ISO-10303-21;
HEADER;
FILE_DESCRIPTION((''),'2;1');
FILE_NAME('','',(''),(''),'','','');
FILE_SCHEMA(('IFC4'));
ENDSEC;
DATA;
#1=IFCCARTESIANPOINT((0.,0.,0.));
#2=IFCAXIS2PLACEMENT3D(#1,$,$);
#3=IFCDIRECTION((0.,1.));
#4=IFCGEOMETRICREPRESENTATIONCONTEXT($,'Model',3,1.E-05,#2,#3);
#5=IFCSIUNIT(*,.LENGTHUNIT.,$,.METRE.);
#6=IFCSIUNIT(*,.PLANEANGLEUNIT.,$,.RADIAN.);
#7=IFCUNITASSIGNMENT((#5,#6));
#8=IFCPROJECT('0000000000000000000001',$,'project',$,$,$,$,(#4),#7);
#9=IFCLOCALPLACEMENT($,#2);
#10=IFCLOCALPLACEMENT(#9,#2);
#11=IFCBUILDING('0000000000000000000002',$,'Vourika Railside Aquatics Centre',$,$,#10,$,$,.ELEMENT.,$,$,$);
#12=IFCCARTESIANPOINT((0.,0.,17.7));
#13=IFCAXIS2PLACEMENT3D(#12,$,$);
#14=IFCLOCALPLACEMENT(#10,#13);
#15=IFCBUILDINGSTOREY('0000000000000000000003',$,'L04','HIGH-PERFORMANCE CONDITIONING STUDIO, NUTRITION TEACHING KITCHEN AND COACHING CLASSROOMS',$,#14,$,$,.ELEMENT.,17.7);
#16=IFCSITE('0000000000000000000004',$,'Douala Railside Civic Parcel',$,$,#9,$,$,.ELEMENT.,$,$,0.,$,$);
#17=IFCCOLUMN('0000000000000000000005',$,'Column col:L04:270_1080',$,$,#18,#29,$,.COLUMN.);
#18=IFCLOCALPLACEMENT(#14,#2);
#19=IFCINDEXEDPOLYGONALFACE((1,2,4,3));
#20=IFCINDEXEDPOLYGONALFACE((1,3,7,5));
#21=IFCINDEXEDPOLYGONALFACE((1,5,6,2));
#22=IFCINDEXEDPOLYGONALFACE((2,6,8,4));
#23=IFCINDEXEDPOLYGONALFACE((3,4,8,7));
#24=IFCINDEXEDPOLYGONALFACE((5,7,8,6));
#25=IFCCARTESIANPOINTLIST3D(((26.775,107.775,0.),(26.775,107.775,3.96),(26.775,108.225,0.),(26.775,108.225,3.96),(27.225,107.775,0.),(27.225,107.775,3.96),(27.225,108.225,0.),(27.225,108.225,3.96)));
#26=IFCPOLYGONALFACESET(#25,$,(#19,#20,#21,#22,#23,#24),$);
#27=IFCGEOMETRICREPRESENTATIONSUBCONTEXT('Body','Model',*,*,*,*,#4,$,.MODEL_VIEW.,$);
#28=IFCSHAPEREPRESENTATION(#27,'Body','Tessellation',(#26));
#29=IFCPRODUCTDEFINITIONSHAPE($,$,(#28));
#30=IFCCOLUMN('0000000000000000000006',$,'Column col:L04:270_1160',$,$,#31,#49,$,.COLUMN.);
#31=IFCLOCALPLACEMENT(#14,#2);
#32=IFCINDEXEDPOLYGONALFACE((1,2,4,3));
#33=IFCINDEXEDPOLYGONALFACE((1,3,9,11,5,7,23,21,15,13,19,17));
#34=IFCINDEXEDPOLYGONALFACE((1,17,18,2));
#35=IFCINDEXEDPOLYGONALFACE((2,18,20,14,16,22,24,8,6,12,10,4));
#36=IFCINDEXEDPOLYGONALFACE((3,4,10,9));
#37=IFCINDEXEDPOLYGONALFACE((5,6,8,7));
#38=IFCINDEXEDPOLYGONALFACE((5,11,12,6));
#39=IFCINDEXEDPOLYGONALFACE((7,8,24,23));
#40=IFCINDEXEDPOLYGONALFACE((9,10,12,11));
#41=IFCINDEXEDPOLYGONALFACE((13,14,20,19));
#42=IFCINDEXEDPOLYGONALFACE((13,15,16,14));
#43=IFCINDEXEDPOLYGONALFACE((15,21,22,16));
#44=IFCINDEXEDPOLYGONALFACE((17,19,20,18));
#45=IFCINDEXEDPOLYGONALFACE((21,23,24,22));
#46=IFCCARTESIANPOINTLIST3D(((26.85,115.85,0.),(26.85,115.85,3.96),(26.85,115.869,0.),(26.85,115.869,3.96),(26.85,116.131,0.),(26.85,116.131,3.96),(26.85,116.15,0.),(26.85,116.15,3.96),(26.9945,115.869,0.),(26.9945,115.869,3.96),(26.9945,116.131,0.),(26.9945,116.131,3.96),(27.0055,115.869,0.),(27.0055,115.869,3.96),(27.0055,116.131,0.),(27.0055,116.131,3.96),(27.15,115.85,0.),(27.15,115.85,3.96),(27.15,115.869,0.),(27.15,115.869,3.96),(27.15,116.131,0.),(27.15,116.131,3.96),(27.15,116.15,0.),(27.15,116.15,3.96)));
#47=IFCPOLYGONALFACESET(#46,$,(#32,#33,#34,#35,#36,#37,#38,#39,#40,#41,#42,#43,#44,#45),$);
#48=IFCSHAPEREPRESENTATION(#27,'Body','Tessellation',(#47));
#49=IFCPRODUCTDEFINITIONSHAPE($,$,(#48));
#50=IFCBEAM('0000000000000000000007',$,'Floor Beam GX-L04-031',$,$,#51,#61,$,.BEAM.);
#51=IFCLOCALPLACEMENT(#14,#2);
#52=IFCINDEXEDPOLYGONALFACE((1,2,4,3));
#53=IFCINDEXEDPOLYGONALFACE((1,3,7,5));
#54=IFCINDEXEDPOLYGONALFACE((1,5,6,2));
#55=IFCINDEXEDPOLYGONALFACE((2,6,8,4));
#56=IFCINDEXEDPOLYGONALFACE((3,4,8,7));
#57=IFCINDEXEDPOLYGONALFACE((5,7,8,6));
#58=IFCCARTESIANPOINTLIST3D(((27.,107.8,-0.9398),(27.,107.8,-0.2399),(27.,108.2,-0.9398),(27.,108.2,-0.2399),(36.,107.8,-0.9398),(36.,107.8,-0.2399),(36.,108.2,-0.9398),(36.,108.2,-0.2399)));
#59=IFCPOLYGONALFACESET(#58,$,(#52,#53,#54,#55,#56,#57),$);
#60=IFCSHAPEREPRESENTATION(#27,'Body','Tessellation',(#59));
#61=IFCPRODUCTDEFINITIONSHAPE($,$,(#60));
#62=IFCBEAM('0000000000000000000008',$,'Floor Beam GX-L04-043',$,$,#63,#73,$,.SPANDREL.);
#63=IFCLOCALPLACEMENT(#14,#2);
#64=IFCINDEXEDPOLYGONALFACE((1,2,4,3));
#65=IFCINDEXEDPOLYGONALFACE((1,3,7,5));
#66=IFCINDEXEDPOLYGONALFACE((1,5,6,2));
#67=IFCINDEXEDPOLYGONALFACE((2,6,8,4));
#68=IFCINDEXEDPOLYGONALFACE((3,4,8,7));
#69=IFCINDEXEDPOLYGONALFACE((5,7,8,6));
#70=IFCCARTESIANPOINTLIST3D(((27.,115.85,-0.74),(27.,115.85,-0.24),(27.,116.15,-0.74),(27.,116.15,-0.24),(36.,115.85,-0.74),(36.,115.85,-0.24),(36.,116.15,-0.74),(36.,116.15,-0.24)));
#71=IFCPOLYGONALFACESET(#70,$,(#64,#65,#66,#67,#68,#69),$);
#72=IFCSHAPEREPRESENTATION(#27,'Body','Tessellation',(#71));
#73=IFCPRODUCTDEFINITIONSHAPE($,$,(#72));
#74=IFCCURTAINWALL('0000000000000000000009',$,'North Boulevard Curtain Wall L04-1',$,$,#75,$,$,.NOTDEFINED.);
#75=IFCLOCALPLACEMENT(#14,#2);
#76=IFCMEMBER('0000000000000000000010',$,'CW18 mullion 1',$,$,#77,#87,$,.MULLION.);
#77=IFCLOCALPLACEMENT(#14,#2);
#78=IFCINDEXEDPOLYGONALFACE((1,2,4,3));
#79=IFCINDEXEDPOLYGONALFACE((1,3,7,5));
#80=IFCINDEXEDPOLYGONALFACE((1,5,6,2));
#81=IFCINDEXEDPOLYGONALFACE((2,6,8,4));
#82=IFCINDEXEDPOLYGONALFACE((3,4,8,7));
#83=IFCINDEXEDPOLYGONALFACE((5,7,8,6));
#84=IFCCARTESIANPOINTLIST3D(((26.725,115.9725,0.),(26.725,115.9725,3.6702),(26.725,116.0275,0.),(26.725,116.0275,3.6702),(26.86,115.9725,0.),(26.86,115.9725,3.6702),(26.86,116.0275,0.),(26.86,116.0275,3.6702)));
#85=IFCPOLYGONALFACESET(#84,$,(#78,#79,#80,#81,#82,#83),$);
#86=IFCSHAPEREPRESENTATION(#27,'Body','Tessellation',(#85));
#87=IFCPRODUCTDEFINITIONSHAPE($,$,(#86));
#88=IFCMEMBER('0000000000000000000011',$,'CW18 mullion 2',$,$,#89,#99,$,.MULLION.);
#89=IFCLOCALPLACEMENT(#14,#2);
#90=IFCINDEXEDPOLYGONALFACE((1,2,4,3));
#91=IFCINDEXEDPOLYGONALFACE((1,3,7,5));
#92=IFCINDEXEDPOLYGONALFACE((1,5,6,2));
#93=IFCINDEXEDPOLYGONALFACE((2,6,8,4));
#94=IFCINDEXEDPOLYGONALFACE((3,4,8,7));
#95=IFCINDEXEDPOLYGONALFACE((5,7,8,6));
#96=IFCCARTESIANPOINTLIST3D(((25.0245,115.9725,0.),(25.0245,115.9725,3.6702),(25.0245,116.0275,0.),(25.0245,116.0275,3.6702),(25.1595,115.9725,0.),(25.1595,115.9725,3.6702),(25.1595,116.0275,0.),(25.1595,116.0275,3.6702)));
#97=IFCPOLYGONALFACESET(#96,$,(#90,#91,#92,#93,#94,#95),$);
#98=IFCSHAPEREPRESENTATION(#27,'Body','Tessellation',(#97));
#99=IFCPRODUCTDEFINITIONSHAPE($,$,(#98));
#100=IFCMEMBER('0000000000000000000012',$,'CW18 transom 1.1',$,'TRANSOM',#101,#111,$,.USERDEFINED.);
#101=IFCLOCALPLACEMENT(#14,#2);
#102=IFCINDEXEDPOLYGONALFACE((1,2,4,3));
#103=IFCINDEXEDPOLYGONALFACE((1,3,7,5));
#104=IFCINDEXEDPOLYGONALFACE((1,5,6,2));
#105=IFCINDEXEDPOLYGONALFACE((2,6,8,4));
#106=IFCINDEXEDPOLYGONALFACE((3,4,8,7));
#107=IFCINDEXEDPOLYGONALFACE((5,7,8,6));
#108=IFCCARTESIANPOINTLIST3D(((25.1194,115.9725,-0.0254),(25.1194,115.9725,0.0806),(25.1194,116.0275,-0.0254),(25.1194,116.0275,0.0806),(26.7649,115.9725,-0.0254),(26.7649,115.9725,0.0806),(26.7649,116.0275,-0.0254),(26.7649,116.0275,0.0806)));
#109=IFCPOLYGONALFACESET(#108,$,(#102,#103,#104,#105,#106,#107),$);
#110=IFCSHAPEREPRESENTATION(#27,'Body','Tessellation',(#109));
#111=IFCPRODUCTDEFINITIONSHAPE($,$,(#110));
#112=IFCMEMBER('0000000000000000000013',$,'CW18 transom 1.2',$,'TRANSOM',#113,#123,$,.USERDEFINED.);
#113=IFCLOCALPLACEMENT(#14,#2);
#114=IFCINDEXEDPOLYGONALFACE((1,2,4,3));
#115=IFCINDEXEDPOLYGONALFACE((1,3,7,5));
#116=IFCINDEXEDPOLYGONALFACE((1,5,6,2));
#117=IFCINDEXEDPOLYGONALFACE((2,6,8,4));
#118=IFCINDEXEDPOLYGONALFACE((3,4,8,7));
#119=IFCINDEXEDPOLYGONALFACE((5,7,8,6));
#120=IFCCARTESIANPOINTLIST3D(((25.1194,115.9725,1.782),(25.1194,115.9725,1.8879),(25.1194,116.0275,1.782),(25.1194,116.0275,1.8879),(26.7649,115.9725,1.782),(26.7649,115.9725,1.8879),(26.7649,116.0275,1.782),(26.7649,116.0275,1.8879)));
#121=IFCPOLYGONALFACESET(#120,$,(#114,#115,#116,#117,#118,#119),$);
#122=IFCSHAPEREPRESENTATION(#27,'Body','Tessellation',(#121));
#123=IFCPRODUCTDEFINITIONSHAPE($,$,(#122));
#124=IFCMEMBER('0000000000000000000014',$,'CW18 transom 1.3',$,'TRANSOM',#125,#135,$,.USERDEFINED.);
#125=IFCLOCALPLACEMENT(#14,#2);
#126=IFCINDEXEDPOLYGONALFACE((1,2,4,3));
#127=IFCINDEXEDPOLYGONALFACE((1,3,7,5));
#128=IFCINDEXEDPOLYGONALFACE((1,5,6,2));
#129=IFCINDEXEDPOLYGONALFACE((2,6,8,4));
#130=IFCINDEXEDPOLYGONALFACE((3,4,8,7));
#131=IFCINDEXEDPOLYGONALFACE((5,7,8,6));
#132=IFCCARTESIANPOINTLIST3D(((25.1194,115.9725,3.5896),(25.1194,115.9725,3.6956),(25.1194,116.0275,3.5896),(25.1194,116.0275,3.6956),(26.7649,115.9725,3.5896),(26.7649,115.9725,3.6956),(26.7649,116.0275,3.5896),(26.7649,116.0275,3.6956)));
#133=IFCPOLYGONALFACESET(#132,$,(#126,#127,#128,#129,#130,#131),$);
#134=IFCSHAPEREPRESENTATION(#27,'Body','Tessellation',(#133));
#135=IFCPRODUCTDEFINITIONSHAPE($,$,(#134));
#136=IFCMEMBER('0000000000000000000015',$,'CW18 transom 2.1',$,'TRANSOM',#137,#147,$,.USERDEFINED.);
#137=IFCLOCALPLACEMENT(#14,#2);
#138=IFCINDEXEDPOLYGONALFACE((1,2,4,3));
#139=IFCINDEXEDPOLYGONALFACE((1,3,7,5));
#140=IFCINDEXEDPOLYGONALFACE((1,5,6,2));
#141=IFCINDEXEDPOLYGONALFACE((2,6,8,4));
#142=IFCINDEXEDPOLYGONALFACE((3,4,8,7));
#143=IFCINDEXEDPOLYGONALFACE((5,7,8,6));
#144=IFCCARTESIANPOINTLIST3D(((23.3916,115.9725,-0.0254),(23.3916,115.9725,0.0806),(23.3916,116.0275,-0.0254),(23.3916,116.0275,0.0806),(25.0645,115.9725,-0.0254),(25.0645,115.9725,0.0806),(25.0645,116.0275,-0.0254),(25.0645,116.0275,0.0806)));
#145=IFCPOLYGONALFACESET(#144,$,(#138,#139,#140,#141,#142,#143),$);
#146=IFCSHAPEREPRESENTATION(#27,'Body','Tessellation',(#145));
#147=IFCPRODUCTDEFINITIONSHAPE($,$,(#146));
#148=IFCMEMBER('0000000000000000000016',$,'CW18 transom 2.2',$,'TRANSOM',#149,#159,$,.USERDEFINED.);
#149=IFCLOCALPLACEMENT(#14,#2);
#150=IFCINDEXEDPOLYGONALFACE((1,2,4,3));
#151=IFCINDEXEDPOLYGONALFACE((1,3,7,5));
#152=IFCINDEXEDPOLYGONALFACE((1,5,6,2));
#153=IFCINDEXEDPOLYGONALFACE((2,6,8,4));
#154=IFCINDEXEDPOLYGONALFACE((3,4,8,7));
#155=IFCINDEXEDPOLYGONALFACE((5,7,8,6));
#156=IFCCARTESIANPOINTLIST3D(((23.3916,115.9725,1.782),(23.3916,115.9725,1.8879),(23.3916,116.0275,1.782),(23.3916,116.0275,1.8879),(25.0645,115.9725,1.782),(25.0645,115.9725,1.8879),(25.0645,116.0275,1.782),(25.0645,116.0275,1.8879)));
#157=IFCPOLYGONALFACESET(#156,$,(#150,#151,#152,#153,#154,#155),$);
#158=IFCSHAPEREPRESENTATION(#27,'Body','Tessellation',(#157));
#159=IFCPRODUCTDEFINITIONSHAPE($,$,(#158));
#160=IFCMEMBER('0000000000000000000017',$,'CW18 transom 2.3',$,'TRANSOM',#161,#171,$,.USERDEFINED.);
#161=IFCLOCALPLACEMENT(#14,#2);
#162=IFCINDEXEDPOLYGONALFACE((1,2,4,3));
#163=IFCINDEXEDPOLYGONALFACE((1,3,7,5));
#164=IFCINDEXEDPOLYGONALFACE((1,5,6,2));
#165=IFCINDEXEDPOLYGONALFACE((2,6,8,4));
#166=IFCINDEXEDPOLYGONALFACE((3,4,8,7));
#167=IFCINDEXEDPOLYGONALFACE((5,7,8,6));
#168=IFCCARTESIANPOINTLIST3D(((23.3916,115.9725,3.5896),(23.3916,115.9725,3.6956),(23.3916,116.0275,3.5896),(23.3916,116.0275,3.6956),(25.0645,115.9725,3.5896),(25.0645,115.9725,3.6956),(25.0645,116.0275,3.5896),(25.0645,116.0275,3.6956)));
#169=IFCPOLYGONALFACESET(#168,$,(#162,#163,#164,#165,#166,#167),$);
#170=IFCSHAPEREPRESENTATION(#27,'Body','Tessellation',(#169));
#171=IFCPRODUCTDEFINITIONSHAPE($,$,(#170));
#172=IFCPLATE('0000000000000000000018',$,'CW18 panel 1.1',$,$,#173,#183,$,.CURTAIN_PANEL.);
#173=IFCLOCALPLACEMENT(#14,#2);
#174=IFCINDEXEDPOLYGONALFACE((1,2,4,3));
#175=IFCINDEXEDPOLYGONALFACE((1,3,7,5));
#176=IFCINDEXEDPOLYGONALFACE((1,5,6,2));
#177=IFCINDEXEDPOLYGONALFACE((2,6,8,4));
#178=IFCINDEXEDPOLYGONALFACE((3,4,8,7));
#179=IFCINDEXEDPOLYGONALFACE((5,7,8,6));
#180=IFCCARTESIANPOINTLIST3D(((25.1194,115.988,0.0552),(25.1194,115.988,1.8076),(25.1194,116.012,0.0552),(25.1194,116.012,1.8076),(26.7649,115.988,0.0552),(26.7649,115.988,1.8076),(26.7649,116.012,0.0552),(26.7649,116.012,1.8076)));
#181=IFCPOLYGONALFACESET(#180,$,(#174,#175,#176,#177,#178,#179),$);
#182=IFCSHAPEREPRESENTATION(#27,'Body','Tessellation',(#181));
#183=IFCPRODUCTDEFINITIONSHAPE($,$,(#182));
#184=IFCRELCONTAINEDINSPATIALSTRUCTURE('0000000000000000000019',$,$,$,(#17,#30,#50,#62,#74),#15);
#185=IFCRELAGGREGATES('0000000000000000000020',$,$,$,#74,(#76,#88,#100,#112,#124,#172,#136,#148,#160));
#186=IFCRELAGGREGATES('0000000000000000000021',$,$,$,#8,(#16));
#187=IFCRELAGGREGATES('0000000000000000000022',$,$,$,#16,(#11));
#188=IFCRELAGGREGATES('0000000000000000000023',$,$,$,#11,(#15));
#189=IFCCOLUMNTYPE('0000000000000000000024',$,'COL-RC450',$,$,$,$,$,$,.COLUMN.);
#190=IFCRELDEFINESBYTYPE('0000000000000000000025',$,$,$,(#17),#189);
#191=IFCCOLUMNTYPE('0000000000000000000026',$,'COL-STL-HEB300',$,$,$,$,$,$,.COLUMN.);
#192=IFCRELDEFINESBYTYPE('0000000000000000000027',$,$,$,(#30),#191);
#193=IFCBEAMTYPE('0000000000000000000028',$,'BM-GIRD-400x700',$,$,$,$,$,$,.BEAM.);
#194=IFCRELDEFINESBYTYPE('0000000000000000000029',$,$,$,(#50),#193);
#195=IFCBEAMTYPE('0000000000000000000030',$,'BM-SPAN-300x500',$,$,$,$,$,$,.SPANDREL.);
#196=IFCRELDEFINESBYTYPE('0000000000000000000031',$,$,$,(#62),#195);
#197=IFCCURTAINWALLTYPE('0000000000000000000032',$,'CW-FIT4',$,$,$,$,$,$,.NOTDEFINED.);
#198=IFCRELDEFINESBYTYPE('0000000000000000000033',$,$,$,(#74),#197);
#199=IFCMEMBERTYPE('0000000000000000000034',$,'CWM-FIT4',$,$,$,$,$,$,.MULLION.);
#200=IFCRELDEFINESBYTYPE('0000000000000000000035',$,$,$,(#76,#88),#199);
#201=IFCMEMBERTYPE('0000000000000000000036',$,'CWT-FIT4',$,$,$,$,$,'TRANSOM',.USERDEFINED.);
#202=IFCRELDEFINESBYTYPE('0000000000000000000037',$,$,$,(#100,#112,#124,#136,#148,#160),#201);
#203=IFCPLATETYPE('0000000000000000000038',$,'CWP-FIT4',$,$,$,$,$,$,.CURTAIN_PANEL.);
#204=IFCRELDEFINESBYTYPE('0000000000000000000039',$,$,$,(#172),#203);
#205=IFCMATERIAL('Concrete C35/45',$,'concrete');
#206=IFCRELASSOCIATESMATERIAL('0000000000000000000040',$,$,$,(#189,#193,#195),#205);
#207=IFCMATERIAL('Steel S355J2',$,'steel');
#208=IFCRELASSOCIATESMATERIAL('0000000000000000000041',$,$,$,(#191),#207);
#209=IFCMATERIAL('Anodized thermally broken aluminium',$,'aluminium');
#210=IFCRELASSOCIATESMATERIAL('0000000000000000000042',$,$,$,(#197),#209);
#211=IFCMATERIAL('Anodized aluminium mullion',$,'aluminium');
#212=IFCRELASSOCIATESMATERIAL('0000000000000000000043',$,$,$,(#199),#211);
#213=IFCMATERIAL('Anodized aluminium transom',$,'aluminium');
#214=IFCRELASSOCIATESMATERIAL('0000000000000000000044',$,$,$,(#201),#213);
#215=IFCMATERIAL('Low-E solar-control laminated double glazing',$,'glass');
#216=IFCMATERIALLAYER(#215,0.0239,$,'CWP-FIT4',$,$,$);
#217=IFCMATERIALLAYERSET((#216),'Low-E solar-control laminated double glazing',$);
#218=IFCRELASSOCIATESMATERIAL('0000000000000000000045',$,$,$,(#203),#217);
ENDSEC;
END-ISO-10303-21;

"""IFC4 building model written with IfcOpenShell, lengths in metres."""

from ifc_helpers import new_model, si_unit, direction, frame, origin, origin_2d, place, context, subcontext, project, spatial, rectangle, i_section, extrude, material, layer, layer_set, material_profile, profile_set, type_object, element, aggregate, save


model = new_model("IFC4")

# Units and contexts
model_context = context("Model", 3, precision=1e-05, world=origin(), true_north=direction((0.0, 1.0)))
body_context = subcontext(model_context, "Body", "Model", "MODEL_VIEW")
ifc_project = project(units=[si_unit("LENGTHUNIT", "METRE"), si_unit("PLANEANGLEUNIT", "RADIAN")], contexts=[model_context])

# Site, building, storey
site_placement = place(None, origin())
site = spatial("IfcSite", under=ifc_project, at=site_placement, Name="Douala Railside Civic Parcel", CompositionType="ELEMENT", RefElevation=0.0)
building_placement = place(site_placement, origin())
building = spatial("IfcBuilding", under=site, at=building_placement, Name="Vourika Railside Aquatics Centre", CompositionType="ELEMENT")
storey_placement = place(building_placement, frame((0.0, 0.0, 17.7)))
storey = spatial("IfcBuildingStorey", under=building, at=storey_placement, Name="L04", Description="HIGH-PERFORMANCE CONDITIONING STUDIO, NUTRITION TEACHING KITCHEN AND COACHING CLASSROOMS", CompositionType="ELEMENT", Elevation=17.7)

# Columns
ifc_material_1 = material(Name="Concrete C35/45", Category="concrete")
ifc_material_profile_1 = material_profile(ifc_material_1, rectangle(XDim=0.45, YDim=0.45, at=origin_2d()), Name="RC 450x450")
ifc_profile_set_1 = profile_set([ifc_material_profile_1], Name="Concrete C35/45")
column_type_1 = type_object("IfcColumnType", Name="COL-RC450", PredefinedType="COLUMN", material=ifc_profile_set_1)
column_1_placement = place(storey_placement, frame((27.0, 108.0, 0.0), z_axis=(0.0, 0.0, 1.0), x_axis=(1.0, 0.0, 0.0)))
element("IfcColumn", 1, at=column_1_placement, inside=storey, type_object=column_type_1, Name="Column col:L04:270_1080", PredefinedType="COLUMN", context=body_context, shape_type="SweptSolid", body=[
    extrude(rectangle(XDim=0.45, YDim=0.45, at=origin_2d()), origin(), (0.0, 0.0, 1.0), 3.96),
])
ifc_material_2 = material(Name="Steel S355J2", Category="steel")
ifc_material_profile_2 = material_profile(ifc_material_2, i_section(OverallWidth=0.3, OverallDepth=0.3, WebThickness=0.011, FlangeThickness=0.019, at=origin_2d()), Name="HEB 300")
ifc_profile_set_2 = profile_set([ifc_material_profile_2], Name="Steel S355J2")
column_type_2 = type_object("IfcColumnType", Name="COL-STL-HEB300", PredefinedType="COLUMN", material=ifc_profile_set_2)
column_2_placement = place(storey_placement, frame((27.0, 116.0, 0.0), z_axis=(0.0, 0.0, 1.0), x_axis=(1.0, 0.0, 0.0)))
element("IfcColumn", 2, at=column_2_placement, inside=storey, type_object=column_type_2, Name="Column col:L04:270_1160", PredefinedType="COLUMN", context=body_context, shape_type="SweptSolid", body=[
    extrude(i_section(OverallWidth=0.3, OverallDepth=0.3, WebThickness=0.011, FlangeThickness=0.019, at=origin_2d()), origin(), (0.0, 0.0, 1.0), 3.96),
])

# Beams
ifc_material_profile_3 = material_profile(ifc_material_1, rectangle(XDim=0.3999, YDim=0.7, at=origin_2d()), Name="RC 400x700")
ifc_profile_set_3 = profile_set([ifc_material_profile_3], Name="Concrete C35/45")
beam_type_1 = type_object("IfcBeamType", Name="BM-GIRD-400x700", PredefinedType="BEAM", material=ifc_profile_set_3)
beam_1_placement = place(storey_placement, frame((27.0, 108.0, -0.5898), z_axis=(1.0, 0.0, 0.0), x_axis=(0.0, 1.0, 0.0)))
element("IfcBeam", 3, at=beam_1_placement, inside=storey, type_object=beam_type_1, Name="Floor Beam GX-L04-031", PredefinedType="BEAM", context=body_context, shape_type="SweptSolid", body=[
    extrude(rectangle(XDim=0.3999, YDim=0.7, at=origin_2d()), origin(), (0.0, 0.0, 1.0), 9.0),
])
ifc_material_profile_4 = material_profile(ifc_material_1, rectangle(XDim=0.3, YDim=0.5, at=origin_2d()), Name="RC 300x500")
ifc_profile_set_4 = profile_set([ifc_material_profile_4], Name="Concrete C35/45")
beam_type_2 = type_object("IfcBeamType", Name="BM-SPAN-300x500", PredefinedType="SPANDREL", material=ifc_profile_set_4)
beam_2_placement = place(storey_placement, frame((27.0, 116.0, -0.49), z_axis=(1.0, 0.0, 0.0), x_axis=(0.0, 1.0, 0.0)))
element("IfcBeam", 4, at=beam_2_placement, inside=storey, type_object=beam_type_2, Name="Floor Beam GX-L04-043", PredefinedType="SPANDREL", context=body_context, shape_type="SweptSolid", body=[
    extrude(rectangle(XDim=0.3, YDim=0.5, at=origin_2d()), origin(), (0.0, 0.0, 1.0), 9.0),
])

# Curtain wall, members, plate
ifc_material_3 = material(Name="Anodized thermally broken aluminium", Category="aluminium")
curtain_wall_type = type_object("IfcCurtainWallType", Name="CW-FIT4", PredefinedType="NOTDEFINED", material=ifc_material_3)
curtain_wall_placement = place(storey_placement, origin())
curtain_wall = element("IfcCurtainWall", 5, at=curtain_wall_placement, inside=storey, type_object=curtain_wall_type, Name="North Boulevard Curtain Wall L04-1", PredefinedType="NOTDEFINED")
ifc_material_4 = material(Name="Anodized aluminium mullion", Category="aluminium")
ifc_material_profile_5 = material_profile(ifc_material_4, rectangle(XDim=0.0549, YDim=0.135, at=origin_2d()), Name="ALU-M 55x135")
ifc_profile_set_5 = profile_set([ifc_material_profile_5], Name="Anodized aluminium mullion")
member_type_1 = type_object("IfcMemberType", Name="CWM-FIT4", PredefinedType="MULLION", material=ifc_profile_set_5)
member_1_placement = place(storey_placement, frame((26.7925, 116.0, 0.0), z_axis=(0.0, 0.0, 1.0), x_axis=(0.0, -1.0, 0.0)))
member_1 = element("IfcMember", 6, at=member_1_placement, type_object=member_type_1, Name="CW18 mullion 1", PredefinedType="MULLION", context=body_context, shape_type="SweptSolid", body=[
    extrude(rectangle(XDim=0.0549, YDim=0.135, at=origin_2d()), origin(), (0.0, 0.0, 1.0), 3.6702),
])
member_2_placement = place(storey_placement, frame((25.092, 116.0, 0.0), z_axis=(0.0, 0.0, 1.0), x_axis=(0.0, -1.0, 0.0)))
member_2 = element("IfcMember", 7, at=member_2_placement, type_object=member_type_1, Name="CW18 mullion 2", PredefinedType="MULLION", context=body_context, shape_type="SweptSolid", body=[
    extrude(rectangle(XDim=0.0549, YDim=0.135, at=origin_2d()), origin(), (0.0, 0.0, 1.0), 3.6702),
])
ifc_material_5 = material(Name="Anodized aluminium transom", Category="aluminium")
ifc_material_profile_6 = material_profile(ifc_material_5, rectangle(XDim=0.0549, YDim=0.106, at=origin_2d()), Name="ALU-T 55x106")
ifc_profile_set_6 = profile_set([ifc_material_profile_6], Name="Anodized aluminium transom")
member_type_2 = type_object("IfcMemberType", Name="CWT-FIT4", ElementType="TRANSOM", PredefinedType="USERDEFINED", material=ifc_profile_set_6)
member_3_placement = place(storey_placement, frame((26.7649, 116.0, 0.0276), z_axis=(-1.0, 0.0, 0.0), x_axis=(0.0, -1.0, 0.0)))
member_3 = element("IfcMember", 8, at=member_3_placement, type_object=member_type_2, Name="CW18 transom 1.1", ObjectType="TRANSOM", PredefinedType="USERDEFINED", context=body_context, shape_type="SweptSolid", body=[
    extrude(rectangle(XDim=0.0549, YDim=0.106, at=origin_2d()), origin(), (0.0, 0.0, 1.0), 1.6455),
])
member_4_placement = place(storey_placement, frame((26.7649, 116.0, 1.835), z_axis=(-1.0, 0.0, 0.0), x_axis=(0.0, -1.0, 0.0)))
member_4 = element("IfcMember", 9, at=member_4_placement, type_object=member_type_2, Name="CW18 transom 1.2", ObjectType="TRANSOM", PredefinedType="USERDEFINED", context=body_context, shape_type="SweptSolid", body=[
    extrude(rectangle(XDim=0.0549, YDim=0.106, at=origin_2d()), origin(), (0.0, 0.0, 1.0), 1.6455),
])
member_5_placement = place(storey_placement, frame((26.7649, 116.0, 3.6426), z_axis=(-1.0, 0.0, 0.0), x_axis=(0.0, -1.0, 0.0)))
member_5 = element("IfcMember", 10, at=member_5_placement, type_object=member_type_2, Name="CW18 transom 1.3", ObjectType="TRANSOM", PredefinedType="USERDEFINED", context=body_context, shape_type="SweptSolid", body=[
    extrude(rectangle(XDim=0.0549, YDim=0.106, at=origin_2d()), origin(), (0.0, 0.0, 1.0), 1.6455),
])
member_6_placement = place(storey_placement, frame((25.0645, 116.0, 0.0276), z_axis=(-1.0, 0.0, 0.0), x_axis=(0.0, -1.0, 0.0)))
member_6 = element("IfcMember", 11, at=member_6_placement, type_object=member_type_2, Name="CW18 transom 2.1", ObjectType="TRANSOM", PredefinedType="USERDEFINED", context=body_context, shape_type="SweptSolid", body=[
    extrude(rectangle(XDim=0.0549, YDim=0.106, at=origin_2d()), origin(), (0.0, 0.0, 1.0), 1.6729),
])
member_7_placement = place(storey_placement, frame((25.0645, 116.0, 1.835), z_axis=(-1.0, 0.0, 0.0), x_axis=(0.0, -1.0, 0.0)))
member_7 = element("IfcMember", 12, at=member_7_placement, type_object=member_type_2, Name="CW18 transom 2.2", ObjectType="TRANSOM", PredefinedType="USERDEFINED", context=body_context, shape_type="SweptSolid", body=[
    extrude(rectangle(XDim=0.0549, YDim=0.106, at=origin_2d()), origin(), (0.0, 0.0, 1.0), 1.6729),
])
member_8_placement = place(storey_placement, frame((25.0645, 116.0, 3.6426), z_axis=(-1.0, 0.0, 0.0), x_axis=(0.0, -1.0, 0.0)))
member_8 = element("IfcMember", 13, at=member_8_placement, type_object=member_type_2, Name="CW18 transom 2.3", ObjectType="TRANSOM", PredefinedType="USERDEFINED", context=body_context, shape_type="SweptSolid", body=[
    extrude(rectangle(XDim=0.0549, YDim=0.106, at=origin_2d()), origin(), (0.0, 0.0, 1.0), 1.6729),
])
ifc_material_6 = material(Name="Low-E solar-control laminated double glazing", Category="glass")
ifc_layer_1 = layer(ifc_material_6, 0.0239, Name="CWP-FIT4")
ifc_layer_set_1 = layer_set([ifc_layer_1], Name="Low-E solar-control laminated double glazing")
plate_type_1 = type_object("IfcPlateType", Name="CWP-FIT4", PredefinedType="CURTAIN_PANEL", material=ifc_layer_set_1)
plate_1_placement = place(storey_placement, frame((25.9421, 116.0, 0.0552), z_axis=(0.0, 0.0, 1.0), x_axis=(-1.0, 0.0, 0.0)))
plate_1 = element("IfcPlate", 14, at=plate_1_placement, type_object=plate_type_1, Name="CW18 panel 1.1", PredefinedType="CURTAIN_PANEL", context=body_context, shape_type="SweptSolid", body=[
    extrude(rectangle(XDim=1.6455, YDim=0.0239, at=origin_2d()), origin(), (0.0, 0.0, 1.0), 1.7524),
])
aggregate(curtain_wall, [member_1, member_2, member_3, member_4, member_5, plate_1, member_6, member_7, member_8])

save(model, "model.ifc")
